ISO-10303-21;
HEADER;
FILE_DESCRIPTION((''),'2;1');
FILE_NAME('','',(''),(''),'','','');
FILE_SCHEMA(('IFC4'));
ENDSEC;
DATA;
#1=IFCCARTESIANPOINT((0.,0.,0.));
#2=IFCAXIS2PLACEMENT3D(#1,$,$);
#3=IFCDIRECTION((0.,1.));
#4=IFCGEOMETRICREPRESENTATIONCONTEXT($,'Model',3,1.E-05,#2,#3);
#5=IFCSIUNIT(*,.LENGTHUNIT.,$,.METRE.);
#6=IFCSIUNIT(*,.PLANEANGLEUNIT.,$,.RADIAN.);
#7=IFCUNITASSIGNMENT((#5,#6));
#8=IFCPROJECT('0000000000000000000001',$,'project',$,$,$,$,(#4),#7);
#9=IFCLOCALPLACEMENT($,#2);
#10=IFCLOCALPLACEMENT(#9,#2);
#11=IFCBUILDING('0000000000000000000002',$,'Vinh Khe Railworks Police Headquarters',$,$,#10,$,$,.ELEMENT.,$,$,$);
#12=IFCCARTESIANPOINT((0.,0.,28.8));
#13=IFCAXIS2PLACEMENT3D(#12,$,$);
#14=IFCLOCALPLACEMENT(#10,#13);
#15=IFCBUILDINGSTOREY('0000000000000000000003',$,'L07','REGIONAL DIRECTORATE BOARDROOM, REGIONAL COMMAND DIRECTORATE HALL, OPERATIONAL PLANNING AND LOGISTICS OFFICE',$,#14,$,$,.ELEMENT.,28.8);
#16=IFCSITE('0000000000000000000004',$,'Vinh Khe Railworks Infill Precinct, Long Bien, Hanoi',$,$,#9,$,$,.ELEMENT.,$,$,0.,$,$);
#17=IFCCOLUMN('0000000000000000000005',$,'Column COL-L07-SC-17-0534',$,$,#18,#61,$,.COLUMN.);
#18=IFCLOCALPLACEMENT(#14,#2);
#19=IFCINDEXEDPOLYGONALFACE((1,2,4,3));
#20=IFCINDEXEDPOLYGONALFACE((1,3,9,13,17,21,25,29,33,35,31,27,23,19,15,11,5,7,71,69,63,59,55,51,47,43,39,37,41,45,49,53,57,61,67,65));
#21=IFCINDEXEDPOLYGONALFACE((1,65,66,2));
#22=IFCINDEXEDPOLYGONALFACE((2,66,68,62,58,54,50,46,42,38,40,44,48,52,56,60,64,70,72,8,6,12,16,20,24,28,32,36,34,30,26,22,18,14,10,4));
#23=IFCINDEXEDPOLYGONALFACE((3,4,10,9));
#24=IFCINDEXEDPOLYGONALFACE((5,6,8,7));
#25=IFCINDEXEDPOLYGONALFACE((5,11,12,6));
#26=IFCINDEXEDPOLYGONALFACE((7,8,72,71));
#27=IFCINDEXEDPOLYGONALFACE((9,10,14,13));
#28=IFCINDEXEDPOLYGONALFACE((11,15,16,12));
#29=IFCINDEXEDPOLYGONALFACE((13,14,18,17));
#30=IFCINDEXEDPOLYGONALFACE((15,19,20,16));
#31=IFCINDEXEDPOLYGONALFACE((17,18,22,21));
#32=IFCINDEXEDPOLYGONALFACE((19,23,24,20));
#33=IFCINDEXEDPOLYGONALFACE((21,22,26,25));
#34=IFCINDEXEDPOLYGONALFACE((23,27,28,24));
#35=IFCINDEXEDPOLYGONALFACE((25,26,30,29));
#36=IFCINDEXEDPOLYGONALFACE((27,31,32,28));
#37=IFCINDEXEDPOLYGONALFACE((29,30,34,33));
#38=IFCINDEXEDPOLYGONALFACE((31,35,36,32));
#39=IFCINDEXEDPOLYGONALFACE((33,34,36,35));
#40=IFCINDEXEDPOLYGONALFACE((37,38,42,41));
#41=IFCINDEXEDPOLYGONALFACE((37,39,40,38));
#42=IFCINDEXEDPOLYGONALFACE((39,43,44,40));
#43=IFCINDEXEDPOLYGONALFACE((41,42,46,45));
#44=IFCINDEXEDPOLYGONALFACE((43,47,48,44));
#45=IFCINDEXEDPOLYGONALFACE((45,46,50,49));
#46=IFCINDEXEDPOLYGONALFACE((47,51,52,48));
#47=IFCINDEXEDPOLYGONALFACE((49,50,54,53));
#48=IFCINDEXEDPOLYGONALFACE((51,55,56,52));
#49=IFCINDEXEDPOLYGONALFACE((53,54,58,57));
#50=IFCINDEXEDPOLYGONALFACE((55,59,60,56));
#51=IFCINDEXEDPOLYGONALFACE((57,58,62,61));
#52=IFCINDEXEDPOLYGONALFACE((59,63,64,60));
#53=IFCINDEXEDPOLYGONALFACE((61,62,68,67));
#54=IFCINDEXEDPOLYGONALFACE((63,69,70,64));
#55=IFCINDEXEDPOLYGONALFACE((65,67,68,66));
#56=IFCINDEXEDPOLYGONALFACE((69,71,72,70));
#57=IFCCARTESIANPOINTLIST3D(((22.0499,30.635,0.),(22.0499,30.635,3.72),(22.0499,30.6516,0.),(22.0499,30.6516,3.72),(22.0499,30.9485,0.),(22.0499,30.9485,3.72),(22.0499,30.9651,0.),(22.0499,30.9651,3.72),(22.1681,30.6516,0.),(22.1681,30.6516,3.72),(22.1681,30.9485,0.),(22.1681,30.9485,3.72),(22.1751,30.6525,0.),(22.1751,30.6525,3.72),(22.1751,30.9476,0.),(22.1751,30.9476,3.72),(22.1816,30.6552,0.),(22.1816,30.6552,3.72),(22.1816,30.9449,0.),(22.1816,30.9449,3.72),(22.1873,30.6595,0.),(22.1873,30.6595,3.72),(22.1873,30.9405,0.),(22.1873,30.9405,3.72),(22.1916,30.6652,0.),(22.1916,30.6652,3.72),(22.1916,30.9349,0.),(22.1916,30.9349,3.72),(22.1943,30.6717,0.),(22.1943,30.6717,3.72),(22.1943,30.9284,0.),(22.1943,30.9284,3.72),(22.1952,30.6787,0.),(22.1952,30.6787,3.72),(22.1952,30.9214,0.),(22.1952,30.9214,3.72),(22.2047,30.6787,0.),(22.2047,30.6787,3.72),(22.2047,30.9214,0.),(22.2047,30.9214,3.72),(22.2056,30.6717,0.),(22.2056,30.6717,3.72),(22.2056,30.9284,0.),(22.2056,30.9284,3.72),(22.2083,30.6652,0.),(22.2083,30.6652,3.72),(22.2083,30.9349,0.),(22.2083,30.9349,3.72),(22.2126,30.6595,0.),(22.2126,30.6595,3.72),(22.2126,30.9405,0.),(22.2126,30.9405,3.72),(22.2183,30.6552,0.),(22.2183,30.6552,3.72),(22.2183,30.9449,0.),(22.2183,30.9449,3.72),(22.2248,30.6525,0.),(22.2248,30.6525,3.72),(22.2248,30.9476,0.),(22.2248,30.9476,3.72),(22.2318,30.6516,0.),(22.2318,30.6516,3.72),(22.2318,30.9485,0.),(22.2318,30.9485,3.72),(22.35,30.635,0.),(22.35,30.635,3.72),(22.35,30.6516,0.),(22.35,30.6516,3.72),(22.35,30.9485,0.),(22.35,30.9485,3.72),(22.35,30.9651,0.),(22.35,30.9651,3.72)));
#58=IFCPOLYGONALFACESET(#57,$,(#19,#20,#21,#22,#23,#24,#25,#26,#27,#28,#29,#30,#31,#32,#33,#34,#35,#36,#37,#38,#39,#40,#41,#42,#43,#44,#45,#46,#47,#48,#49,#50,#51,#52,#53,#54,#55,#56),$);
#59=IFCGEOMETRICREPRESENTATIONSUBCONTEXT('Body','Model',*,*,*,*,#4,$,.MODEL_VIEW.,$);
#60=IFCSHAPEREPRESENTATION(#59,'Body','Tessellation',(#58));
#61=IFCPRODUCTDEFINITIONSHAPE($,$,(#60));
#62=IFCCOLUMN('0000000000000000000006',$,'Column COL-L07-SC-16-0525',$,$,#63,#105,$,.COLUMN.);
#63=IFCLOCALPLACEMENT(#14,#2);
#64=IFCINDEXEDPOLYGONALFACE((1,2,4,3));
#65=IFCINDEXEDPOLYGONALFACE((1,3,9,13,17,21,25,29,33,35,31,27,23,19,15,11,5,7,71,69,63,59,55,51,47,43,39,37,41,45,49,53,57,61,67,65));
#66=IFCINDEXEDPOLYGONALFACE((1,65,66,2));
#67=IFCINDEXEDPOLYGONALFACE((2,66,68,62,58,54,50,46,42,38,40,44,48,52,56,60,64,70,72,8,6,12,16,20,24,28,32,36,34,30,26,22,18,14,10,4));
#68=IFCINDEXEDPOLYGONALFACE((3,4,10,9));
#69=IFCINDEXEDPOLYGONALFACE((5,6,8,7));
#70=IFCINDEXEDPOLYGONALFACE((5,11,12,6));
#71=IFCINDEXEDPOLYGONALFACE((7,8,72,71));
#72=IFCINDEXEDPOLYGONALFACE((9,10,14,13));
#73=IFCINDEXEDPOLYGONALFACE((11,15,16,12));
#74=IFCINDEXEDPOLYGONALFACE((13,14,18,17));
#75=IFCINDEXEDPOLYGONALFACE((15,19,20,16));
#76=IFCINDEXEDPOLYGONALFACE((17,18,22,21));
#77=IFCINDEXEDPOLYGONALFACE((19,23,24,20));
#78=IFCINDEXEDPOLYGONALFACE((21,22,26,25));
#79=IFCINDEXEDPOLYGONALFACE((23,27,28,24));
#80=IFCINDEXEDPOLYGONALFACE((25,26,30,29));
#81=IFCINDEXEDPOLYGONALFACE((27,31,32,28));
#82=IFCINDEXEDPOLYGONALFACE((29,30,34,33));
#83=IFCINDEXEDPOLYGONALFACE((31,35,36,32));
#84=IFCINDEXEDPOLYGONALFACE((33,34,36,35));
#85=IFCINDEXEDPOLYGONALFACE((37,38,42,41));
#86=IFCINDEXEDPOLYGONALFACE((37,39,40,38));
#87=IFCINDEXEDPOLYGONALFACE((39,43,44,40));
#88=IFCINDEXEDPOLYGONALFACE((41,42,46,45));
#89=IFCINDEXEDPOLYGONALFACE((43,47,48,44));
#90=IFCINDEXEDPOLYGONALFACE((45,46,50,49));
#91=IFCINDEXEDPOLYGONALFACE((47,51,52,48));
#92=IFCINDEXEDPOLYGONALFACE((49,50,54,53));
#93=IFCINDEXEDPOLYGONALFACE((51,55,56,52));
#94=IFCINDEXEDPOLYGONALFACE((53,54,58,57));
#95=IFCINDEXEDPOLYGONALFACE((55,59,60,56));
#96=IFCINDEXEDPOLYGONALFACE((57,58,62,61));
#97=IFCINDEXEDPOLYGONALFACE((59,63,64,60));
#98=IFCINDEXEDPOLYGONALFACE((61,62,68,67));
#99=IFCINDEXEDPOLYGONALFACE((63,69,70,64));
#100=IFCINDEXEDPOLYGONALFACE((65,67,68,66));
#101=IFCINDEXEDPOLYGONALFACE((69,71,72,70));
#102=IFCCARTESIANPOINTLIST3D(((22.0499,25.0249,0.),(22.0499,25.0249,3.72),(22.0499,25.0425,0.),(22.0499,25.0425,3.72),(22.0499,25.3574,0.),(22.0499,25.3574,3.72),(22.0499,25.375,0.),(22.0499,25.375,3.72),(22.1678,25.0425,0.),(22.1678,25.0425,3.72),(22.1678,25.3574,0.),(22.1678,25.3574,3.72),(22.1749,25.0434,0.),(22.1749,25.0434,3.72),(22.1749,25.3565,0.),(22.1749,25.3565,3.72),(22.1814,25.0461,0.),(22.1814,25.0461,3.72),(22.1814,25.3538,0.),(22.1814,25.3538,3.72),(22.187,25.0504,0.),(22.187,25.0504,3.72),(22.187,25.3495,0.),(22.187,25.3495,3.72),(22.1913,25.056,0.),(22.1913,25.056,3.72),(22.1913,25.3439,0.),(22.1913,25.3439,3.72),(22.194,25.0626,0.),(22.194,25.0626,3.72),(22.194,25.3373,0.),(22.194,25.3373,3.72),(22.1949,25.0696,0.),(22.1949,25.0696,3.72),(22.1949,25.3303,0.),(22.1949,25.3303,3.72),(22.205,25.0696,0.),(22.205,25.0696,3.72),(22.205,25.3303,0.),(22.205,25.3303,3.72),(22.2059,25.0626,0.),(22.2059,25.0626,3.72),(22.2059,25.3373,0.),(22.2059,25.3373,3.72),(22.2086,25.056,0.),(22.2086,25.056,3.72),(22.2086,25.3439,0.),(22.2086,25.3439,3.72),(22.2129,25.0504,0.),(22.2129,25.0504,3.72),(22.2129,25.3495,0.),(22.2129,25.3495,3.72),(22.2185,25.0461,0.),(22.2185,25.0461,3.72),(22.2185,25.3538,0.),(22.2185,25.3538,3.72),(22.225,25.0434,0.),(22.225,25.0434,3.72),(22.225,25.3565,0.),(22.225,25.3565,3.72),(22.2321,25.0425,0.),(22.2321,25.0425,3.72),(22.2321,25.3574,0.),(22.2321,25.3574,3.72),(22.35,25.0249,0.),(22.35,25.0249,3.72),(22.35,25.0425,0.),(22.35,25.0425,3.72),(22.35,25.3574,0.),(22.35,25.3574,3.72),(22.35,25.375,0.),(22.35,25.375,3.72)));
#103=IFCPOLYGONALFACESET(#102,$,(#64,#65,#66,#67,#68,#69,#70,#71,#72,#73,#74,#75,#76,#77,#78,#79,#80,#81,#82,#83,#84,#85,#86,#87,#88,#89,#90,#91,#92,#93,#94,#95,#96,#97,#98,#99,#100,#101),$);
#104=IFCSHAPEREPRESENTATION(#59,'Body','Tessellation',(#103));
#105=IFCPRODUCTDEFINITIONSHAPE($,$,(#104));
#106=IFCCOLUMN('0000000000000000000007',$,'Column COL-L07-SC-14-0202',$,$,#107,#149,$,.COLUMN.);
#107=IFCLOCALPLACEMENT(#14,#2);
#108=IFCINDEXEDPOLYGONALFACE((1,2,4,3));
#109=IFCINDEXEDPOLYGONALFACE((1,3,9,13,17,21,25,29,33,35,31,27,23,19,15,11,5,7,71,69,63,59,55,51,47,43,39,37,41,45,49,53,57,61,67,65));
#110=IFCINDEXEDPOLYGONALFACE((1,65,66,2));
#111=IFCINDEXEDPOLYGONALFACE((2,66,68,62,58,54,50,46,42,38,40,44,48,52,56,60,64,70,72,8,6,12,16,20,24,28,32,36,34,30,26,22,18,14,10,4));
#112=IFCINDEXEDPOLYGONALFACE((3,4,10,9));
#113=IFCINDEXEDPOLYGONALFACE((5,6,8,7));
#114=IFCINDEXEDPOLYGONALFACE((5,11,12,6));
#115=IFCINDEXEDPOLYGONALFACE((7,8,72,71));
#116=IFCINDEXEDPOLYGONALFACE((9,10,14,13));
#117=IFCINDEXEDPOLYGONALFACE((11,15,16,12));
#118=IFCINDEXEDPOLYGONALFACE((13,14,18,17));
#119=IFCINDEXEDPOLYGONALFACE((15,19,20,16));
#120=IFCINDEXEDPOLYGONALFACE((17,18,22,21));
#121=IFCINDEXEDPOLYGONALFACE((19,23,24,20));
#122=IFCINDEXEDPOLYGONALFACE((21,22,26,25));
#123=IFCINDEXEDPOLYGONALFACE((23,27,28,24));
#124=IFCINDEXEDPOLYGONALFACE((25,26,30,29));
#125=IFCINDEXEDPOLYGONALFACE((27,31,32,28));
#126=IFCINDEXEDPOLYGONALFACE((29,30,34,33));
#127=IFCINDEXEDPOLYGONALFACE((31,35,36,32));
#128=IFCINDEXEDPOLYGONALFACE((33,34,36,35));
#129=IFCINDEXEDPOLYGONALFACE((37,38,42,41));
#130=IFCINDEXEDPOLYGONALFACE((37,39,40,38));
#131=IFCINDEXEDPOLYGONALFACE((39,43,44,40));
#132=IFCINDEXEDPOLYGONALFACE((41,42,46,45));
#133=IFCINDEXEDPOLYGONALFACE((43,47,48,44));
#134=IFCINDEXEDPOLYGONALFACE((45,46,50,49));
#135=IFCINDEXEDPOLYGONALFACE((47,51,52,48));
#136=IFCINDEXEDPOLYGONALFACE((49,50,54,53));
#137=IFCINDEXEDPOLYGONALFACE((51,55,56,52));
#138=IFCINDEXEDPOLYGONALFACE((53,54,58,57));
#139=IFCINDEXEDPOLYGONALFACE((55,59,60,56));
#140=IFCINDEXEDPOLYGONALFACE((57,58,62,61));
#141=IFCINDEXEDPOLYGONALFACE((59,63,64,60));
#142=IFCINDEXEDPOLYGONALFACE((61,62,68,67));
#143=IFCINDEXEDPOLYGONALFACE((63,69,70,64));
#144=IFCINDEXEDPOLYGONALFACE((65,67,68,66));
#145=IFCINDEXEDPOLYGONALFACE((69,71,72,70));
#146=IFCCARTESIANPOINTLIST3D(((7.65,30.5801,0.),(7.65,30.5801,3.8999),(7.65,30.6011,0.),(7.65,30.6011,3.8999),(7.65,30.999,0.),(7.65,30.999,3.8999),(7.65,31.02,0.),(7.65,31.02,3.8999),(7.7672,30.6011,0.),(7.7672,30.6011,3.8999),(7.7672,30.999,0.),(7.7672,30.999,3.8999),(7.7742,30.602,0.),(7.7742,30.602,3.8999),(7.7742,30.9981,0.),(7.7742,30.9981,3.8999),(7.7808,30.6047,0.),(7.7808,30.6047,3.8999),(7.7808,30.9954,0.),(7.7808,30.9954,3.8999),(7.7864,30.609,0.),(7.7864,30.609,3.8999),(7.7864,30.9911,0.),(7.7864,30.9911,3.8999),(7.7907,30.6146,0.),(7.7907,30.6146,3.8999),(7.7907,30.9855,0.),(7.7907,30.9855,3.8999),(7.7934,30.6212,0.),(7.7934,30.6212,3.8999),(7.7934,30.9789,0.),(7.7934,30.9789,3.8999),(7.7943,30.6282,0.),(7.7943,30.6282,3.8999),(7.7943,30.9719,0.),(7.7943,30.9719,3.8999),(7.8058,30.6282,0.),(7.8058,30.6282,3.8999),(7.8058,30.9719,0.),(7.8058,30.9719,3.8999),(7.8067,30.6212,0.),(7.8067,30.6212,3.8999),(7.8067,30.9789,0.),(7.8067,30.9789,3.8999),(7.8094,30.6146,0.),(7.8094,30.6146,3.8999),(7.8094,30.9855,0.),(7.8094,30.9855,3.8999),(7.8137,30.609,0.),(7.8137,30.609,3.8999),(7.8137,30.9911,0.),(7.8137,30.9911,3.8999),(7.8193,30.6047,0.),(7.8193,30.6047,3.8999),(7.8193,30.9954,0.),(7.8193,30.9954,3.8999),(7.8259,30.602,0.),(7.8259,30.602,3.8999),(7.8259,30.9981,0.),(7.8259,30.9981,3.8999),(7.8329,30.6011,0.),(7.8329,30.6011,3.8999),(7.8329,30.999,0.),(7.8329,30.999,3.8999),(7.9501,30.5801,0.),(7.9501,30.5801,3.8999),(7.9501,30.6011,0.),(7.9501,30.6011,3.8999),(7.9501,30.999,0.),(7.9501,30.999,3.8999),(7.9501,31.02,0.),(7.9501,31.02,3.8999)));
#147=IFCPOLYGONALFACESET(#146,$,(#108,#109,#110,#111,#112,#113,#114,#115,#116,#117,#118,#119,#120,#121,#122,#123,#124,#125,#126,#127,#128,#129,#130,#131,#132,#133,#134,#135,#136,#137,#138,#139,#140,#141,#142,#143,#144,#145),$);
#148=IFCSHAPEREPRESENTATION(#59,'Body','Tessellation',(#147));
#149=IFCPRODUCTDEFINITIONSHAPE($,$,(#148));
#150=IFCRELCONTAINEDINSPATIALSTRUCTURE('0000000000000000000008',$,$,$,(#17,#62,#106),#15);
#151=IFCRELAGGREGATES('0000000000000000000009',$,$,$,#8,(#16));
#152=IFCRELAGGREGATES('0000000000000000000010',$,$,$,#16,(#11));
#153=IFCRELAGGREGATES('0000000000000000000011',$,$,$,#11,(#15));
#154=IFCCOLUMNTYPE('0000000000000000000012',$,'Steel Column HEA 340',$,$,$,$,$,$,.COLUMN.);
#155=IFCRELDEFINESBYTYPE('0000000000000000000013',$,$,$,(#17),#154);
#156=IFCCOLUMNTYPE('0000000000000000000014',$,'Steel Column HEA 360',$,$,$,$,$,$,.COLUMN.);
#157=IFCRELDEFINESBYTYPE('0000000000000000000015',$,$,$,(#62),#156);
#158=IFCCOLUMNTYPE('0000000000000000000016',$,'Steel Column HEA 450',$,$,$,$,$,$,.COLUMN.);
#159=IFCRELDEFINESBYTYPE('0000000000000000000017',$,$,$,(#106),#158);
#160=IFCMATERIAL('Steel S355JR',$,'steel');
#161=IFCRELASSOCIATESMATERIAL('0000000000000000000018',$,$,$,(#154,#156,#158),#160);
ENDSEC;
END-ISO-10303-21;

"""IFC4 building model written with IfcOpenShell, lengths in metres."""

from ifc_helpers import new_model, si_unit, direction, frame, origin, origin_2d, place, context, subcontext, project, spatial, i_section, extrude, material, material_profile, profile_set, type_object, element, save


model = new_model("IFC4")

# Units and contexts
model_context = context("Model", 3, precision=1e-05, world=origin(), true_north=direction((0.0, 1.0)))
body_context = subcontext(model_context, "Body", "Model", "MODEL_VIEW")
ifc_project = project(units=[si_unit("LENGTHUNIT", "METRE"), si_unit("PLANEANGLEUNIT", "RADIAN")], contexts=[model_context])

# Site, building, storey
site_placement = place(None, origin())
site = spatial("IfcSite", under=ifc_project, at=site_placement, Name="Vinh Khe Railworks Infill Precinct, Long Bien, Hanoi", CompositionType="ELEMENT", RefElevation=0.0)
building_placement = place(site_placement, origin())
building = spatial("IfcBuilding", under=site, at=building_placement, Name="Vinh Khe Railworks Police Headquarters", CompositionType="ELEMENT")
storey_placement = place(building_placement, frame((0.0, 0.0, 28.8)))
storey = spatial("IfcBuildingStorey", under=building, at=storey_placement, Name="L07", Description="REGIONAL DIRECTORATE BOARDROOM, REGIONAL COMMAND DIRECTORATE HALL, OPERATIONAL PLANNING AND LOGISTICS OFFICE", CompositionType="ELEMENT", Elevation=28.8)

# Columns
ifc_material_1 = material(Name="Steel S355JR", Category="steel")
ifc_material_profile_1 = material_profile(ifc_material_1, i_section(OverallWidth=0.3, OverallDepth=0.3301, WebThickness=0.0095, FlangeThickness=0.0166, FilletRadius=0.0271, at=origin_2d()), Name="HEA 340")
ifc_profile_set_1 = profile_set([ifc_material_profile_1], Name="Steel S355JR")
column_type_1 = type_object("IfcColumnType", Name="Steel Column HEA 340", PredefinedType="COLUMN", material=ifc_profile_set_1)
column_1_placement = place(storey_placement, frame((22.2, 30.8, 0.0), z_axis=(0.0, 0.0, 1.0), x_axis=(1.0, 0.0, 0.0)))
element("IfcColumn", 1, at=column_1_placement, inside=storey, type_object=column_type_1, Name="Column COL-L07-SC-17-0534", PredefinedType="COLUMN", context=body_context, shape_type="SweptSolid", body=[
    extrude(i_section(OverallWidth=0.3, OverallDepth=0.3301, WebThickness=0.0095, FlangeThickness=0.0166, FilletRadius=0.0271, at=origin_2d()), origin(), (0.0, 0.0, 1.0), 3.72),
])
ifc_material_profile_2 = material_profile(ifc_material_1, i_section(OverallWidth=0.3, OverallDepth=0.3501, WebThickness=0.01, FlangeThickness=0.0176, FilletRadius=0.0271, at=origin_2d()), Name="HEA 360")
ifc_profile_set_2 = profile_set([ifc_material_profile_2], Name="Steel S355JR")
column_type_2 = type_object("IfcColumnType", Name="Steel Column HEA 360", PredefinedType="COLUMN", material=ifc_profile_set_2)
column_2_placement = place(storey_placement, frame((22.2, 25.2, 0.0), z_axis=(0.0, 0.0, 1.0), x_axis=(1.0, 0.0, 0.0)))
element("IfcColumn", 2, at=column_2_placement, inside=storey, type_object=column_type_2, Name="Column COL-L07-SC-16-0525", PredefinedType="COLUMN", context=body_context, shape_type="SweptSolid", body=[
    extrude(i_section(OverallWidth=0.3, OverallDepth=0.3501, WebThickness=0.01, FlangeThickness=0.0176, FilletRadius=0.0271, at=origin_2d()), origin(), (0.0, 0.0, 1.0), 3.72),
])
ifc_material_profile_3 = material_profile(ifc_material_1, i_section(OverallWidth=0.3, OverallDepth=0.4399, WebThickness=0.0115, FlangeThickness=0.021, FilletRadius=0.0271, at=origin_2d()), Name="HEA 450")
ifc_profile_set_3 = profile_set([ifc_material_profile_3], Name="Steel S355JR")
column_type_3 = type_object("IfcColumnType", Name="Steel Column HEA 450", PredefinedType="COLUMN", material=ifc_profile_set_3)
column_3_placement = place(storey_placement, frame((7.8, 30.8, 0.0), z_axis=(0.0, 0.0, 1.0), x_axis=(1.0, 0.0, 0.0)))
element("IfcColumn", 3, at=column_3_placement, inside=storey, type_object=column_type_3, Name="Column COL-L07-SC-14-0202", PredefinedType="COLUMN", context=body_context, shape_type="SweptSolid", body=[
    extrude(i_section(OverallWidth=0.3, OverallDepth=0.4399, WebThickness=0.0115, FlangeThickness=0.021, FilletRadius=0.0271, at=origin_2d()), origin(), (0.0, 0.0, 1.0), 3.8999),
])

save(model, "model.ifc")
